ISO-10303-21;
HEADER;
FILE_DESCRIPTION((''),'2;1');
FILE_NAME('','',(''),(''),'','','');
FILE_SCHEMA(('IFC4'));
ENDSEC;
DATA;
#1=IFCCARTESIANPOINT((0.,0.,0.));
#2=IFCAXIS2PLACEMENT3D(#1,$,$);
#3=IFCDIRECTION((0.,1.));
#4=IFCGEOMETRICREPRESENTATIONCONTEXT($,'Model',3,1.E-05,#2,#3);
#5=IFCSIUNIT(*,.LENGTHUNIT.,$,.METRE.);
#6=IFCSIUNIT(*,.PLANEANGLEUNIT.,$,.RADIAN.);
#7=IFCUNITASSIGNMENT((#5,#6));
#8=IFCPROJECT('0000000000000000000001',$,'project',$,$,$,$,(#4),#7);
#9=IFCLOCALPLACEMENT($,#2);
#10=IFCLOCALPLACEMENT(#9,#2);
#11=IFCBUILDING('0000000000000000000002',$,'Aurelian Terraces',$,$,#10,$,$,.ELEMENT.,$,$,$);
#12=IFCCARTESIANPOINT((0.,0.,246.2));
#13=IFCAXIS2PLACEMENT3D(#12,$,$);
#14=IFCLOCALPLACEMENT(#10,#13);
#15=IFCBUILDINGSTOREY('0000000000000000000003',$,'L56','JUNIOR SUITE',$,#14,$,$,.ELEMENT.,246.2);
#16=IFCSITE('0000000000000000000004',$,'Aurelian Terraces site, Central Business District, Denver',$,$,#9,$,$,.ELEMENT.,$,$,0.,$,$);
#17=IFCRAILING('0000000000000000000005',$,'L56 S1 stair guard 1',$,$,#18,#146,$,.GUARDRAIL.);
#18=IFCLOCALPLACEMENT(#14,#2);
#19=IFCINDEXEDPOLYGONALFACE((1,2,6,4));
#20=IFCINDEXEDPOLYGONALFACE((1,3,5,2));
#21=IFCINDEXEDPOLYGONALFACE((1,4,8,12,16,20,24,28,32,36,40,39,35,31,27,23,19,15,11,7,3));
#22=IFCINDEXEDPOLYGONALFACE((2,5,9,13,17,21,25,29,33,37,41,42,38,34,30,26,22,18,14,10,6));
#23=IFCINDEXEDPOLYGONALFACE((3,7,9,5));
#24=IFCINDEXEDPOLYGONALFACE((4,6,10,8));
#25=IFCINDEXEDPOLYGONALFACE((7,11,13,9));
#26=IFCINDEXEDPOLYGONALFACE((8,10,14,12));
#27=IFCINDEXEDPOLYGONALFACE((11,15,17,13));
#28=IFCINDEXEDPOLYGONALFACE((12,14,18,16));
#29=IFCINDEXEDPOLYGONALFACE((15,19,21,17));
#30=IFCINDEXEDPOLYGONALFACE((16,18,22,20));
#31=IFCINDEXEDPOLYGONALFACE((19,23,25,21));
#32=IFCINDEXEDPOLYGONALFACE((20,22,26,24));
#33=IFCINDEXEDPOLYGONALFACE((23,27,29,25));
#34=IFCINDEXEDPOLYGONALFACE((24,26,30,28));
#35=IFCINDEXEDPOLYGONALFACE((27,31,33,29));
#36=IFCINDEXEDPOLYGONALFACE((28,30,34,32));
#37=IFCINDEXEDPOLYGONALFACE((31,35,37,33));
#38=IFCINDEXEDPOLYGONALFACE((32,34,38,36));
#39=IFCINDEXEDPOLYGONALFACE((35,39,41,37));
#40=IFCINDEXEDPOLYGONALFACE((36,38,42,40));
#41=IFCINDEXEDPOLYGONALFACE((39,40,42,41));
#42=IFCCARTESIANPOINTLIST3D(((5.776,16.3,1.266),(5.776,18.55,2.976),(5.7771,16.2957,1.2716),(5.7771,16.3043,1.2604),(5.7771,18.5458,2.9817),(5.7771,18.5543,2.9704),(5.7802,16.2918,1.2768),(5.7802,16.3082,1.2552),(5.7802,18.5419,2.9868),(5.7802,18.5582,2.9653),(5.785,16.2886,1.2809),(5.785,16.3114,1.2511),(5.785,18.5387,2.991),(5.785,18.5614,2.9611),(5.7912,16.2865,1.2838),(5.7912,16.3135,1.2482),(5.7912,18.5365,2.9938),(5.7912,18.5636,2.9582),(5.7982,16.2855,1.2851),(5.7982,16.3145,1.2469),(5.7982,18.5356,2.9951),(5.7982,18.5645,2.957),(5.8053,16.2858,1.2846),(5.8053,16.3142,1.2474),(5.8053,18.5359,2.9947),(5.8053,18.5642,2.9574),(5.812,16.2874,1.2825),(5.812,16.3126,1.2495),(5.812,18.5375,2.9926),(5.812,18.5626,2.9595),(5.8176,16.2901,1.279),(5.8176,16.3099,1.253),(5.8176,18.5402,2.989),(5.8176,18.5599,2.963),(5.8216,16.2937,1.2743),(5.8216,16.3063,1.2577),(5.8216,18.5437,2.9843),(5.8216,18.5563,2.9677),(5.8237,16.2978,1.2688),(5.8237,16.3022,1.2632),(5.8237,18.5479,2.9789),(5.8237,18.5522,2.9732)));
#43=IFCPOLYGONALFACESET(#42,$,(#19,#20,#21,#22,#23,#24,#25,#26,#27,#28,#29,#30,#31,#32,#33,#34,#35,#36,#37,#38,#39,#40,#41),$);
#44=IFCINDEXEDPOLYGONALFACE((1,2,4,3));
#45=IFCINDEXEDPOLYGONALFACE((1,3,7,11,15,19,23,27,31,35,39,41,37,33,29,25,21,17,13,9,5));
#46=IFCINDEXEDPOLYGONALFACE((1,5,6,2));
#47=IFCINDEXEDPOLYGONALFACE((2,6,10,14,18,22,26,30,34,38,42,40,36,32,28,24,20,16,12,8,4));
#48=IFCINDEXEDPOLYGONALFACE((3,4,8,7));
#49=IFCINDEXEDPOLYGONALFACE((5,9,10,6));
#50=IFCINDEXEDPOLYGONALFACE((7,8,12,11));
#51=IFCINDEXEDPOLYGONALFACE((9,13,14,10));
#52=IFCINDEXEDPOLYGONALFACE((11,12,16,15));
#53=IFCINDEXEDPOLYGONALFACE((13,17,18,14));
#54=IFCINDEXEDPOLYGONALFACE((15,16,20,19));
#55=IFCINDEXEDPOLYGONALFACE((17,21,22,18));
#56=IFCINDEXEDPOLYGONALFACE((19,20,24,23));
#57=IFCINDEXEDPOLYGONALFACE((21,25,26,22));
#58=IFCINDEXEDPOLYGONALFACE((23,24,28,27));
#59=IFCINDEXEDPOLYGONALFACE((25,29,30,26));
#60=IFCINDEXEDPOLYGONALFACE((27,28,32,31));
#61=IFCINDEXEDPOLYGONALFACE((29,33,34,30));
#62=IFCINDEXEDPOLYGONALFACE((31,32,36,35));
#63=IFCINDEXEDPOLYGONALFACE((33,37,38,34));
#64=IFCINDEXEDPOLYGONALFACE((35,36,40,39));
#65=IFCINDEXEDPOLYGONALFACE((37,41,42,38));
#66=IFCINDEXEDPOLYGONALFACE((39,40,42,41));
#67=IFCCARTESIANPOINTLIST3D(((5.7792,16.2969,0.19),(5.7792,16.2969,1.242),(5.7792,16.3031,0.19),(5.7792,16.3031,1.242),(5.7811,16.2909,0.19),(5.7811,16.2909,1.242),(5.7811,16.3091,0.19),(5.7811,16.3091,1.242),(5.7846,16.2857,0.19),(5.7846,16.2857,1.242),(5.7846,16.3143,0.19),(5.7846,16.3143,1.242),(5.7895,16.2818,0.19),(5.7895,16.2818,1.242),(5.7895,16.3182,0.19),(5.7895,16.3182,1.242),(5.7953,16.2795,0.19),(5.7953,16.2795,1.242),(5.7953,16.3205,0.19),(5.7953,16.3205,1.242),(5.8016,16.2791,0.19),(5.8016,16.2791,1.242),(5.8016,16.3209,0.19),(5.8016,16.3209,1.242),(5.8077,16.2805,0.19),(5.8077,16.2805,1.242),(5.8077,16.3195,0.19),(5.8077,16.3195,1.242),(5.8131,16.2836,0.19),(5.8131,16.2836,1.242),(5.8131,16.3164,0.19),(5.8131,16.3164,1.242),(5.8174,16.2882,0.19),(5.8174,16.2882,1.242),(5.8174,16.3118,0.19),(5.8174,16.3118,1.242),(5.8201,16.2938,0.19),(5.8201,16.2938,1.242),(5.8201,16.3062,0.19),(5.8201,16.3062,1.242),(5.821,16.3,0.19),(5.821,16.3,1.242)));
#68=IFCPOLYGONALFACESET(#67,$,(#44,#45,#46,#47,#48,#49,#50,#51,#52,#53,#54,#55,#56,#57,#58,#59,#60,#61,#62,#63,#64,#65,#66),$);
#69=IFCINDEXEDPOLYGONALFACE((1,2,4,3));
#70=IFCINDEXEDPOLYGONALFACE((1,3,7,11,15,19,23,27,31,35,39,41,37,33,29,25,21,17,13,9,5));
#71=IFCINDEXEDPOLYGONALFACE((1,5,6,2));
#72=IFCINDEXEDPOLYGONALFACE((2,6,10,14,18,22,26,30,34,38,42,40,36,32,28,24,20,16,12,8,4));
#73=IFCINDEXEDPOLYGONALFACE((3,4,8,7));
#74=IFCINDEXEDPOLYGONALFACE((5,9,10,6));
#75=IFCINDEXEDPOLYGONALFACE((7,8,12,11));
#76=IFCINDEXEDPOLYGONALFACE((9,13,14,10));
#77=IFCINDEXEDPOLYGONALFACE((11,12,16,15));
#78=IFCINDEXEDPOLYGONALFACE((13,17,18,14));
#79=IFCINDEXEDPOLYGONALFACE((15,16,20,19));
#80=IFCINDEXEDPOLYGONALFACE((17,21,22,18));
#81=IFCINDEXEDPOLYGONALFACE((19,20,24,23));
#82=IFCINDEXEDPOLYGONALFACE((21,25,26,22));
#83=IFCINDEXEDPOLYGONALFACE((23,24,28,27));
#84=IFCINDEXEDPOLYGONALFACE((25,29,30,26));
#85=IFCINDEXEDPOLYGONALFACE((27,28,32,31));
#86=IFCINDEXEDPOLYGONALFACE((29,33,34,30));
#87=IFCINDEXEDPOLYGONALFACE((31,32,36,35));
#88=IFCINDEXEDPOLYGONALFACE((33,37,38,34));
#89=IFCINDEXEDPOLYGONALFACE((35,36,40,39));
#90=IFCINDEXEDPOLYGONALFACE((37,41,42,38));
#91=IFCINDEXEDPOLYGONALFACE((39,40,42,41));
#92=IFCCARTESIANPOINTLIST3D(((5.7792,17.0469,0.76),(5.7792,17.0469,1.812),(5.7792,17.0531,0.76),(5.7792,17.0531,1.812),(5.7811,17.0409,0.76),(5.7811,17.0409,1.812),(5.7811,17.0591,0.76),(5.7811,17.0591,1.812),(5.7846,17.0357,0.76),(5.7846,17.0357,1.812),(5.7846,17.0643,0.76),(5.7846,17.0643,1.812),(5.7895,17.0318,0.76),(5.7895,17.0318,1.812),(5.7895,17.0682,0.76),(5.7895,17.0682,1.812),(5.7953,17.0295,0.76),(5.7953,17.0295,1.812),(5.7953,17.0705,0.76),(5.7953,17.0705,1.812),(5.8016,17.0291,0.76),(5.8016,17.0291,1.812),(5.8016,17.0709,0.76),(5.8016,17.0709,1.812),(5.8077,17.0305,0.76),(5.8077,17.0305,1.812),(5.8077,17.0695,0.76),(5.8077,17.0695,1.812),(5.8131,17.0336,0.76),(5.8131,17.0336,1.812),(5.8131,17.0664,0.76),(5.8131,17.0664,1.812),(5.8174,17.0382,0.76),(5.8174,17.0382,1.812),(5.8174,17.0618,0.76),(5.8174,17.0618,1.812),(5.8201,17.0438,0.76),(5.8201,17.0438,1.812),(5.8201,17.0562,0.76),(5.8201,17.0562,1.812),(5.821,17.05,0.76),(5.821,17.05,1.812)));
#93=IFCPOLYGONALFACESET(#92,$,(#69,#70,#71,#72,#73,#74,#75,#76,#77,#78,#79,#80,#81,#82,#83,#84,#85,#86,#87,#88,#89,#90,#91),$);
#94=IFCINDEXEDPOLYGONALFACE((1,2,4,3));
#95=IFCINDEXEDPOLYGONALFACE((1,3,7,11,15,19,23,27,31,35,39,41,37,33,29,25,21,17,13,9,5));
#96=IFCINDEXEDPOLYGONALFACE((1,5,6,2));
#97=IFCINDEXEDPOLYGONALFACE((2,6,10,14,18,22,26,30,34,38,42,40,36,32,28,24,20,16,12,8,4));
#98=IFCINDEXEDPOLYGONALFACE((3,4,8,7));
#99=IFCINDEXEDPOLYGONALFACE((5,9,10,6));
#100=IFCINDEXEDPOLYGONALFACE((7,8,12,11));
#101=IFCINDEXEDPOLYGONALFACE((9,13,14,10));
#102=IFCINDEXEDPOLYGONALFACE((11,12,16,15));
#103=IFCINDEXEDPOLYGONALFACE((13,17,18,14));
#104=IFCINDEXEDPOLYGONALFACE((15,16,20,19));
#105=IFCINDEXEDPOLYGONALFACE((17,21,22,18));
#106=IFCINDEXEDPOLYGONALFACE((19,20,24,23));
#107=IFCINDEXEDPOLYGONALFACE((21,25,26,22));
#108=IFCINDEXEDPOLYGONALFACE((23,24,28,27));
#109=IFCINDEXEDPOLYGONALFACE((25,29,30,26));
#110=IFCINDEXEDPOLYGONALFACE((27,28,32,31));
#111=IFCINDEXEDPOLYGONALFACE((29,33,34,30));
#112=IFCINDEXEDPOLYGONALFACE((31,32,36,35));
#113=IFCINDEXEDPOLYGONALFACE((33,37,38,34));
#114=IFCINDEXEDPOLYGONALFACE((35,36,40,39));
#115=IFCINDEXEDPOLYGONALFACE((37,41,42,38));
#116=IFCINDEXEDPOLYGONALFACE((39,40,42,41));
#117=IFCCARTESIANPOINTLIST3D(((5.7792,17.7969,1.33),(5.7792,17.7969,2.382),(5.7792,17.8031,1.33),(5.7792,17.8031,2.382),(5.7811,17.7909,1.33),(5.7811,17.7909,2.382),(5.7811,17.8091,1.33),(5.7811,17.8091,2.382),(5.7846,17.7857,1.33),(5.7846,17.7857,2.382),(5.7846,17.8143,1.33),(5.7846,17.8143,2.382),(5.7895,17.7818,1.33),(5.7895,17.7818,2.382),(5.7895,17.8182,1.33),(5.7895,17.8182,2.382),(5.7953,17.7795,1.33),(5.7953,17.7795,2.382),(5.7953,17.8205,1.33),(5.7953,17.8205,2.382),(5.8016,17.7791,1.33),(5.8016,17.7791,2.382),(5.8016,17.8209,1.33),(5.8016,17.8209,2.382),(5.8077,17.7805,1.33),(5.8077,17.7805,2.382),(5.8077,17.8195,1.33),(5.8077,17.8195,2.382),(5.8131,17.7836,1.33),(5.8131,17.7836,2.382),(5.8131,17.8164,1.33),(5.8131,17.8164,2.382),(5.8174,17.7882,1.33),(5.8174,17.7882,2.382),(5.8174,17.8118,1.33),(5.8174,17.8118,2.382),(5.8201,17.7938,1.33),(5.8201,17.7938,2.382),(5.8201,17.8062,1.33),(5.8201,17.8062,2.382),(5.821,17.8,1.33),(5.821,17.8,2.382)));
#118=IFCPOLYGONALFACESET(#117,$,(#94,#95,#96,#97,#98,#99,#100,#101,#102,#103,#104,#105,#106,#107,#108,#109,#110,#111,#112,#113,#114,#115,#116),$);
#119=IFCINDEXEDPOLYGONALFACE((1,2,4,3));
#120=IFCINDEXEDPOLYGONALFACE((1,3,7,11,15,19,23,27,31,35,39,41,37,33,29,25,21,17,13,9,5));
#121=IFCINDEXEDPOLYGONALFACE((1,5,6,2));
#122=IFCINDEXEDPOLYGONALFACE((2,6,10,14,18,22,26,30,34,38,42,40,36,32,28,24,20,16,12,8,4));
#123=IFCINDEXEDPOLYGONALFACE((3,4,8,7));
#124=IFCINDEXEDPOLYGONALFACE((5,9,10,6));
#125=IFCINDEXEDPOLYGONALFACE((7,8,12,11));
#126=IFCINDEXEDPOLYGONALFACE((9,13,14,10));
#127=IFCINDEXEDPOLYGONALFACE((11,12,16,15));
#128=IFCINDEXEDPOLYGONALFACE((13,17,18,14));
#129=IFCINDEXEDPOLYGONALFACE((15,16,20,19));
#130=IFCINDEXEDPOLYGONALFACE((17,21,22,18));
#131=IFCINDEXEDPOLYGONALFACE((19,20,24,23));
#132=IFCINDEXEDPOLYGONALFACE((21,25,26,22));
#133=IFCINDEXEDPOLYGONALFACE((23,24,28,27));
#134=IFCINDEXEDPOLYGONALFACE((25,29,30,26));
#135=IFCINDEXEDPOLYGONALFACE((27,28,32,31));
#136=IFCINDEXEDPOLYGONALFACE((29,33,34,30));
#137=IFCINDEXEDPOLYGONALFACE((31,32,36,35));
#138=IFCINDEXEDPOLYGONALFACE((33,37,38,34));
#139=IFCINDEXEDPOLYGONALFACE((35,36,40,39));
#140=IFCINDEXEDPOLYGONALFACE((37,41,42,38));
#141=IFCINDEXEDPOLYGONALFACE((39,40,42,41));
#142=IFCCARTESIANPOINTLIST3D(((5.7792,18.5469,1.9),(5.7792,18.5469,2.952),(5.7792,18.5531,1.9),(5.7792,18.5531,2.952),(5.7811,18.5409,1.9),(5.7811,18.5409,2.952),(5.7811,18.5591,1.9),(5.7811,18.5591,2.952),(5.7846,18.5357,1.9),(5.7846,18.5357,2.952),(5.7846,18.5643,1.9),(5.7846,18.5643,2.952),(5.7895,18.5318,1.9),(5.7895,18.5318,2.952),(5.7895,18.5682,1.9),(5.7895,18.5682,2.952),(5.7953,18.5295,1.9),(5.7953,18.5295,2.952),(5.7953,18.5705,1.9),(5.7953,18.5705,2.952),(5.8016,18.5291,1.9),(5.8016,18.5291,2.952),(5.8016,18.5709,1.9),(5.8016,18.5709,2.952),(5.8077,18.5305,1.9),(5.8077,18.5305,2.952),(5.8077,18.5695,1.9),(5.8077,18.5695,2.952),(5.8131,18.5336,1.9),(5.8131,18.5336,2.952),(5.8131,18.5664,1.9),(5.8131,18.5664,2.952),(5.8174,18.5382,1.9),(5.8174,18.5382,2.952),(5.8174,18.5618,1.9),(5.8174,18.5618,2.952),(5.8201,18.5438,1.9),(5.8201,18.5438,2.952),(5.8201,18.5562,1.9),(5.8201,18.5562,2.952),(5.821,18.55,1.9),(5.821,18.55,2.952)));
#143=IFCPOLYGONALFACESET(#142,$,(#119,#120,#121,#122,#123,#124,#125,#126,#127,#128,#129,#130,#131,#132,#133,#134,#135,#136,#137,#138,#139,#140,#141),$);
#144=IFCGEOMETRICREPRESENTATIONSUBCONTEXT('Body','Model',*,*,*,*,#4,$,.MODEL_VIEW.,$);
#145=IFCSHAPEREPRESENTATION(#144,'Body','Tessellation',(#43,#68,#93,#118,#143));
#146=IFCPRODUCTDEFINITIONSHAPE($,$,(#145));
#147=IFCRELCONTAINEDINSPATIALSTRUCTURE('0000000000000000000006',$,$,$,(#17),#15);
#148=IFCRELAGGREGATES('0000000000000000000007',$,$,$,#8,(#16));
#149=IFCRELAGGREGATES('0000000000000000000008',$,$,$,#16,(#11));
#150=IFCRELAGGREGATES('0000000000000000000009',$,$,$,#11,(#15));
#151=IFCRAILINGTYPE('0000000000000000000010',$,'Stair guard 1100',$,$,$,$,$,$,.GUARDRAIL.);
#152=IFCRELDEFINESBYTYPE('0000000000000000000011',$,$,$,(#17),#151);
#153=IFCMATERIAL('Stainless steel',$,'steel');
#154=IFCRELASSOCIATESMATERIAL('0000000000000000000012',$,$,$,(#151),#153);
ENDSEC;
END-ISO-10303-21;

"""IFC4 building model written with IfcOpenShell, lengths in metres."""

from ifc_helpers import new_model, si_unit, direction, frame, origin, origin_2d, place, context, subcontext, project, spatial, circle, extrude, source, transform, mapped, material, type_object, element, save


model = new_model("IFC4")

# Units and contexts
model_context = context("Model", 3, precision=1e-05, world=origin(), true_north=direction((0.0, 1.0)))
body_context = subcontext(model_context, "Body", "Model", "MODEL_VIEW")
ifc_project = project(units=[si_unit("LENGTHUNIT", "METRE"), si_unit("PLANEANGLEUNIT", "RADIAN")], contexts=[model_context])

# Site, building, storey
site_placement = place(None, origin())
site = spatial("IfcSite", under=ifc_project, at=site_placement, Name="Aurelian Terraces site, Central Business District, Denver", CompositionType="ELEMENT", RefElevation=0.0)
building_placement = place(site_placement, origin())
building = spatial("IfcBuilding", under=site, at=building_placement, Name="Aurelian Terraces", CompositionType="ELEMENT")
storey_placement = place(building_placement, frame((0.0, 0.0, 246.2)))
storey = spatial("IfcBuildingStorey", under=building, at=storey_placement, Name="L56", Description="JUNIOR SUITE", CompositionType="ELEMENT", Elevation=246.2)

# Railing
ifc_material_1 = material(Name="Stainless steel", Category="steel")
railing_type_1 = type_object("IfcRailingType", Name="Stair guard 1100", PredefinedType="GUARDRAIL", material=ifc_material_1)
shared_shape_1 = source(origin(), body_context, "Body", "SweptSolid", [
    extrude(circle(Radius=0.024, at=origin_2d()), frame((0.0, 0.0, 1.076), z_axis=(0.0, 0.796162, 0.605083), x_axis=(-1.0, 0.0, 0.0)), (0.0, 0.0, 1.0), 2.8261),
    extrude(circle(Radius=0.021, at=origin_2d()), origin(), (0.0, 0.0, 1.0), 1.052),
    extrude(circle(Radius=0.021, at=origin_2d()), frame((0.0, 0.75, 0.57)), (0.0, 0.0, 1.0), 1.052),
    extrude(circle(Radius=0.021, at=origin_2d()), frame((0.0, 1.5, 1.14)), (0.0, 0.0, 1.0), 1.052),
    extrude(circle(Radius=0.021, at=origin_2d()), frame((0.0, 2.25, 1.71)), (0.0, 0.0, 1.0), 1.052),
])
railing_1_placement = place(storey_placement, frame((5.8, 16.3, 0.19)))
element("IfcRailing", 1, at=railing_1_placement, inside=storey, type_object=railing_type_1, Name="L56 S1 stair guard 1", PredefinedType="GUARDRAIL", context=body_context, shape_type="MappedRepresentation", body=[
    mapped(shared_shape_1, transform((0.0, 0.0, 0.0), scale=1.0)),
])

save(model, "model.ifc")
